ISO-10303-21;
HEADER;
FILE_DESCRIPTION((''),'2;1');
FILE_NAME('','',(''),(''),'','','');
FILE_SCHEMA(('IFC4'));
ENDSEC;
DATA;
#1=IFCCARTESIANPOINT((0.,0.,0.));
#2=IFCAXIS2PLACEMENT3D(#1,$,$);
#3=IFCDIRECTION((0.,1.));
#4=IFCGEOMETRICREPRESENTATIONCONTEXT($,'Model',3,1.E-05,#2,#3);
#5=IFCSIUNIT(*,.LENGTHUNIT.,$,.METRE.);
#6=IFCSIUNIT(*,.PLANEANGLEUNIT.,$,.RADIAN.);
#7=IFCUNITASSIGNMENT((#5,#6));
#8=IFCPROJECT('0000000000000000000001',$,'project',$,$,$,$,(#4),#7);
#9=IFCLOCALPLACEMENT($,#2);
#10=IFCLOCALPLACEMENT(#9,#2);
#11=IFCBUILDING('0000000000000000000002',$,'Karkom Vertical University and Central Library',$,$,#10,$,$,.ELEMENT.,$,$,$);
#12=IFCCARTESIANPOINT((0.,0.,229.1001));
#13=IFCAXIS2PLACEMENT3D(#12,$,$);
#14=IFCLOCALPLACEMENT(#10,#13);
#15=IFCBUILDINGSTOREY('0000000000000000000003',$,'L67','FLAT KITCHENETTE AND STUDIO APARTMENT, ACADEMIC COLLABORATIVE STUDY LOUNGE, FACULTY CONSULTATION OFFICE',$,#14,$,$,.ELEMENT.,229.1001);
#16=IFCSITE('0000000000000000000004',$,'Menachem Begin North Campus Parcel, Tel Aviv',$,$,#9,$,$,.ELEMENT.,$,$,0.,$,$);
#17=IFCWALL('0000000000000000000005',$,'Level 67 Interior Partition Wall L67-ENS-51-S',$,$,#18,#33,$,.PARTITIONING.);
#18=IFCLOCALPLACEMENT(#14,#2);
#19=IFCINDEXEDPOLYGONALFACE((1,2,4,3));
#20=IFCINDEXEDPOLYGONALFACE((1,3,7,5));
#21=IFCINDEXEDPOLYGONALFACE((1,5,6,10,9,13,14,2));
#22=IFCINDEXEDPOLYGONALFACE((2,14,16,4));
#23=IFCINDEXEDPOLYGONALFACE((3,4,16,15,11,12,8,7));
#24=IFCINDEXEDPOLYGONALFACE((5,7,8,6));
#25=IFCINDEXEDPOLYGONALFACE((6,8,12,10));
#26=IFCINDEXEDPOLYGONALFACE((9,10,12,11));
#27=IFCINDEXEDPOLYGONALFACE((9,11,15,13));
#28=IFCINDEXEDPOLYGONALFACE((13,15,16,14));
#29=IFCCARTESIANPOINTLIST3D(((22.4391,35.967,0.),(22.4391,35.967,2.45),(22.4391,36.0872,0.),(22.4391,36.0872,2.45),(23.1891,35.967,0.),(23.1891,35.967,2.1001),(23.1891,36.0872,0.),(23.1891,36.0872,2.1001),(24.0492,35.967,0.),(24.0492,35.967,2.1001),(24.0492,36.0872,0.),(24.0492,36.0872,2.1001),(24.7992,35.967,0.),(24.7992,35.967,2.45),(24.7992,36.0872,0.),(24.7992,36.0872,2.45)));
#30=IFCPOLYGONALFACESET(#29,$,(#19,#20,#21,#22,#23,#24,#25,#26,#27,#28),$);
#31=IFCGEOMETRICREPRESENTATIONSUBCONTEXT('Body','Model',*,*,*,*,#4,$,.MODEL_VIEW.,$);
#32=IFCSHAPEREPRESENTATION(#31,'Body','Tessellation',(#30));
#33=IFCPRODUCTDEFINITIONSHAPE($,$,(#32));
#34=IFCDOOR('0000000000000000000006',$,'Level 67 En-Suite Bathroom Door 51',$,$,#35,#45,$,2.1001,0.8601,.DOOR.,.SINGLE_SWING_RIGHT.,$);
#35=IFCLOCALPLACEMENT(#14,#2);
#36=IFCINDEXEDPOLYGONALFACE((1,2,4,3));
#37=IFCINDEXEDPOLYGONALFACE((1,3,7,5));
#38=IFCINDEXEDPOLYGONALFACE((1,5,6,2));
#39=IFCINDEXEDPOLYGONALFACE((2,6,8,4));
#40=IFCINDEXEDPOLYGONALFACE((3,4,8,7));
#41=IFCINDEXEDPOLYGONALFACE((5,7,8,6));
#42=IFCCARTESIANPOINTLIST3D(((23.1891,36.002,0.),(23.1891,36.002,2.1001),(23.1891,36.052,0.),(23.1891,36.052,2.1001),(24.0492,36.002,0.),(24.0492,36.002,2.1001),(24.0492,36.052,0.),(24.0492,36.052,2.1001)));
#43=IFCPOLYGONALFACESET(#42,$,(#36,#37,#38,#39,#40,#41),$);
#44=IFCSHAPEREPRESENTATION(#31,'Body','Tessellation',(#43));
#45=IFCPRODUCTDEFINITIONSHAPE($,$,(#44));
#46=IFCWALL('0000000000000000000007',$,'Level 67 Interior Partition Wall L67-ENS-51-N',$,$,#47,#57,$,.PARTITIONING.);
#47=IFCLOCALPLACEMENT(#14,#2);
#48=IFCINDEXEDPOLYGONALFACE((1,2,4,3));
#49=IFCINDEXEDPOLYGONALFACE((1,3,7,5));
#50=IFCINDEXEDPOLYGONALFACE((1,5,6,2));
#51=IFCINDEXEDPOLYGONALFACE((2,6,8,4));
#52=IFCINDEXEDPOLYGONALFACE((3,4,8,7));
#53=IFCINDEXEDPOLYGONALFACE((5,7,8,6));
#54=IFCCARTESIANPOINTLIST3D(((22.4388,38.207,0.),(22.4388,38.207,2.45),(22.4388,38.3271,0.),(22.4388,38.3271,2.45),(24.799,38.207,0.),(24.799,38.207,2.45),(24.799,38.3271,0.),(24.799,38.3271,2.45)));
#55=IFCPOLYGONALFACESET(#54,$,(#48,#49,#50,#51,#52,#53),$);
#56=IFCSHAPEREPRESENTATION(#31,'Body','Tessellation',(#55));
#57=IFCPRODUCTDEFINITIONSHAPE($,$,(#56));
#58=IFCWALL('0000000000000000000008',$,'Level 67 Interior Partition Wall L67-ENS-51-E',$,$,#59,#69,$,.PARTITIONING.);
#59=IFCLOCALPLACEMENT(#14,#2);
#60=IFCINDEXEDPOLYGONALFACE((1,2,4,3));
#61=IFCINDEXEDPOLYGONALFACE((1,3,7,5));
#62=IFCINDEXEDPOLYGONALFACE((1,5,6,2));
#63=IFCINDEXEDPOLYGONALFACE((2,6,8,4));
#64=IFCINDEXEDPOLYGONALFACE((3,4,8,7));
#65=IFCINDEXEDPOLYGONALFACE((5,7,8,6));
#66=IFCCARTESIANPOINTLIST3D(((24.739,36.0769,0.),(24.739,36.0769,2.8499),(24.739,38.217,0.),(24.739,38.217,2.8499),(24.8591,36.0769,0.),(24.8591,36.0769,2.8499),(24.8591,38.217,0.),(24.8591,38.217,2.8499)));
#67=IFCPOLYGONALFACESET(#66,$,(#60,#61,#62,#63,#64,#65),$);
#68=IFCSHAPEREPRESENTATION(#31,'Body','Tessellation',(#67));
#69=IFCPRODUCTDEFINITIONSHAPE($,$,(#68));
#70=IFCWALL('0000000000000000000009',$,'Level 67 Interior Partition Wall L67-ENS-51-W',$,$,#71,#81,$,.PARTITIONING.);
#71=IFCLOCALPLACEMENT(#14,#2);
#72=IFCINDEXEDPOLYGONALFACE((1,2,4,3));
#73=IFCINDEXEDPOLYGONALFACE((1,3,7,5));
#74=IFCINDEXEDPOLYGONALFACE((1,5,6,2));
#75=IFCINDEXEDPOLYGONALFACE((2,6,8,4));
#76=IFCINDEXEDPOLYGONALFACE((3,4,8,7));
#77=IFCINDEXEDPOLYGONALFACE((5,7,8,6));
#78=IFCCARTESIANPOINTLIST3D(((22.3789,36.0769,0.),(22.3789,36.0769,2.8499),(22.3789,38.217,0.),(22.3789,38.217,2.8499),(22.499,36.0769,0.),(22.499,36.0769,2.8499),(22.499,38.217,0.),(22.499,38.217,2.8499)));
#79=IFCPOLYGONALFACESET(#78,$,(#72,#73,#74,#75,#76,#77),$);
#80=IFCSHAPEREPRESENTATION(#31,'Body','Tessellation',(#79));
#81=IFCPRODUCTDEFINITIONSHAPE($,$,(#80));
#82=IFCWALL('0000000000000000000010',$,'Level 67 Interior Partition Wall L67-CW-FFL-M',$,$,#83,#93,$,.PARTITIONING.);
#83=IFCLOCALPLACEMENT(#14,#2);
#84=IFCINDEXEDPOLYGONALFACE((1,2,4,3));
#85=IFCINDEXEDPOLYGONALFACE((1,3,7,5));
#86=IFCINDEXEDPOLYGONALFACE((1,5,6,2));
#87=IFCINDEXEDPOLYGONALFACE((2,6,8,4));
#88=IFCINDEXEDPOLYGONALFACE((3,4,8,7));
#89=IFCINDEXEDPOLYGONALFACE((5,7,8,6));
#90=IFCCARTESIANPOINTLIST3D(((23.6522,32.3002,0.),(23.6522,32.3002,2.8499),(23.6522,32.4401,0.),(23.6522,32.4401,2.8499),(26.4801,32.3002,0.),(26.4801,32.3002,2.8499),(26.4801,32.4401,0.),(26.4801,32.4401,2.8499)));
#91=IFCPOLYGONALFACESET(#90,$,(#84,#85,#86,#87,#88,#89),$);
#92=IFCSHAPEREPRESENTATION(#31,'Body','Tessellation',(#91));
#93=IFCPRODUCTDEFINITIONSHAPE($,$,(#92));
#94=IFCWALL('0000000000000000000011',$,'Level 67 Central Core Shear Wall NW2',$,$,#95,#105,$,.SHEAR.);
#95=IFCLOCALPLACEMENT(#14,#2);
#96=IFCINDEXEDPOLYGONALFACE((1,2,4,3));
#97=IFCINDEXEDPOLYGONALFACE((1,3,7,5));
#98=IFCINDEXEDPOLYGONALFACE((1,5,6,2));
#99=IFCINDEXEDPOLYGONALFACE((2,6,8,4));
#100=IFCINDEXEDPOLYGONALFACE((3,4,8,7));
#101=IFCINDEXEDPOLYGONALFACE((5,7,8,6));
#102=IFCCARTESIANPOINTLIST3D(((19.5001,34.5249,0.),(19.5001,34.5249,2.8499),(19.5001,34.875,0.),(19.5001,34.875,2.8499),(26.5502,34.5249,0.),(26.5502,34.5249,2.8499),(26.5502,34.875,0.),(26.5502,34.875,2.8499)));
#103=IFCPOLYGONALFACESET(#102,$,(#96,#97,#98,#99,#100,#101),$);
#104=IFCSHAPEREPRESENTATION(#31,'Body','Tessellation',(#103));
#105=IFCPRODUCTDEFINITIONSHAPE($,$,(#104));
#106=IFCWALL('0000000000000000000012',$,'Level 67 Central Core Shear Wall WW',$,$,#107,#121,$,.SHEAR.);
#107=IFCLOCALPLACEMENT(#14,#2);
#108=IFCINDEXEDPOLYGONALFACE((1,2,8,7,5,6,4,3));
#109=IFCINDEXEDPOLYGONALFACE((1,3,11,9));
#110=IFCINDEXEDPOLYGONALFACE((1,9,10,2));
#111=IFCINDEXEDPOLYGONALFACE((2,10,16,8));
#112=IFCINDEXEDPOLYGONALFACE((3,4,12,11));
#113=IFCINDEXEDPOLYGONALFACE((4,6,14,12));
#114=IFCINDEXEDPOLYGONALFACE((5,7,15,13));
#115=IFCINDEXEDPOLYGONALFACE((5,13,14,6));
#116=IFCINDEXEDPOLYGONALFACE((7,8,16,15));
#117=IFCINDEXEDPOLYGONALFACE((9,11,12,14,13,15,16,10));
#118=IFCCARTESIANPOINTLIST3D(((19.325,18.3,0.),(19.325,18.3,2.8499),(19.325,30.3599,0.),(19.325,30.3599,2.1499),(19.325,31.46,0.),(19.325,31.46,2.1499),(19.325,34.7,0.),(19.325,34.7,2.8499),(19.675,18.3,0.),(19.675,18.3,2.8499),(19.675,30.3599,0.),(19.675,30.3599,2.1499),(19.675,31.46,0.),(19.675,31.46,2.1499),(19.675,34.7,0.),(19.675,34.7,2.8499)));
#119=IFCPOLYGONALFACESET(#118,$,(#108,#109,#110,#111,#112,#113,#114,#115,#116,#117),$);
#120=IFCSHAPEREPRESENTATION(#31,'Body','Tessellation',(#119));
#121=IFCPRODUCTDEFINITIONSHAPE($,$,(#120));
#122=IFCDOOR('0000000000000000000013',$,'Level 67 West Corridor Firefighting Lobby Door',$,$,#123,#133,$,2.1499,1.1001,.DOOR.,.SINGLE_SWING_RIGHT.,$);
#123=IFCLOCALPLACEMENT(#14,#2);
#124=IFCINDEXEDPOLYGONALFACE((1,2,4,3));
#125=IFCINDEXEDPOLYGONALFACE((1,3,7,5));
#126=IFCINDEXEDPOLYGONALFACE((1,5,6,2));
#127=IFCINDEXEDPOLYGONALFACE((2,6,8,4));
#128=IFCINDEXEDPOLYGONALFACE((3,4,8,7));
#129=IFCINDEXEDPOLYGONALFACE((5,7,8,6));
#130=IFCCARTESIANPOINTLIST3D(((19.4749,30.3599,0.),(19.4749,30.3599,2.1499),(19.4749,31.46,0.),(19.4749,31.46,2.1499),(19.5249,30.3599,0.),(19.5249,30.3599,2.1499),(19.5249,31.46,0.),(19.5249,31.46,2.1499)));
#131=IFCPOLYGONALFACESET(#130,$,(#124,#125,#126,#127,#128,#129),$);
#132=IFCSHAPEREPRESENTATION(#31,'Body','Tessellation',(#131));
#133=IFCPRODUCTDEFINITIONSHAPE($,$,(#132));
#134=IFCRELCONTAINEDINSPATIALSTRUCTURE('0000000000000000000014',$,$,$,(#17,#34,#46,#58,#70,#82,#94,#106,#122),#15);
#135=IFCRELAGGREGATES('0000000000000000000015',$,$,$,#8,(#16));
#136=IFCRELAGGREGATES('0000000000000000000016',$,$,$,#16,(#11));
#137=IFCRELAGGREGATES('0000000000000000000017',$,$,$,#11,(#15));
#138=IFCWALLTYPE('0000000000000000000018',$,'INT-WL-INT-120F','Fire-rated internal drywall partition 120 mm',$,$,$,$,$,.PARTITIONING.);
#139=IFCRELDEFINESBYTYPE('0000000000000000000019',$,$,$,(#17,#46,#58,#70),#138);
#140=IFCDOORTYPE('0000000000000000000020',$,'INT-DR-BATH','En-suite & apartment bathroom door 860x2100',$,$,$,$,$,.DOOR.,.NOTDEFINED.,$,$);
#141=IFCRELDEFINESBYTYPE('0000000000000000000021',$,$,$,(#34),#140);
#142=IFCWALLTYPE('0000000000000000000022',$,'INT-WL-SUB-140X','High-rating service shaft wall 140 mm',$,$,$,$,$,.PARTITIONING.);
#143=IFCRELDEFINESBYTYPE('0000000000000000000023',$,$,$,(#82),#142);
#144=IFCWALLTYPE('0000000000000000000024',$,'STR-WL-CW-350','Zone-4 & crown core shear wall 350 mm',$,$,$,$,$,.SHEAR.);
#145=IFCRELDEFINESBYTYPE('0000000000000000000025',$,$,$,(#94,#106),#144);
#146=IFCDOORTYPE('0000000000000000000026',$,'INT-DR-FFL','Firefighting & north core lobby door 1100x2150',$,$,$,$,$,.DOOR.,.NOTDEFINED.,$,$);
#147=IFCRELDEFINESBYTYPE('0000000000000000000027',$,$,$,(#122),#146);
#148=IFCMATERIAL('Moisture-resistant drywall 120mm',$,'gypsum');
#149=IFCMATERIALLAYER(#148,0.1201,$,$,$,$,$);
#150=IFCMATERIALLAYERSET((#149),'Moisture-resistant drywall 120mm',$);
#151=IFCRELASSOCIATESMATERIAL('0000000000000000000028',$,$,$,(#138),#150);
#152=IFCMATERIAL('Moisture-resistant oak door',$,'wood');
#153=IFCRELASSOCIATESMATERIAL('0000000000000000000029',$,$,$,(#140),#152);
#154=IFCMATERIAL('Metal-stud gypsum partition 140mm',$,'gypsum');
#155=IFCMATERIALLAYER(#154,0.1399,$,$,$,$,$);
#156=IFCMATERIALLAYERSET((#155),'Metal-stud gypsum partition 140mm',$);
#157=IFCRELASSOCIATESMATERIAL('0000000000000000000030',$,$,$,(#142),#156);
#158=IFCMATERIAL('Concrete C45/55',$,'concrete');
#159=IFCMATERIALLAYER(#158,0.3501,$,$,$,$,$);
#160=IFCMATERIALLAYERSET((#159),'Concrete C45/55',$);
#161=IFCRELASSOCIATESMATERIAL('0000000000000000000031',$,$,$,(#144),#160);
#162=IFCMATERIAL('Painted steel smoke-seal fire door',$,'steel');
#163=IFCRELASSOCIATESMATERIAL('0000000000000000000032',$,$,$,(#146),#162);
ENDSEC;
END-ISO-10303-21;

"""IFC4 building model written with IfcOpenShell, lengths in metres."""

from ifc_helpers import new_model, si_unit, direction, frame, frame_2d, origin, origin_with_axes, place, context, subcontext, project, spatial, rectangle, extrude, source, transform, mapped, material, layer, layer_set, type_object, element, fill, save


model = new_model("IFC4")

# Units and contexts
model_context = context("Model", 3, precision=1e-05, world=origin(), true_north=direction((0.0, 1.0)))
body_context = subcontext(model_context, "Body", "Model", "MODEL_VIEW")
ifc_project = project(units=[si_unit("LENGTHUNIT", "METRE"), si_unit("PLANEANGLEUNIT", "RADIAN")], contexts=[model_context])

# Site, building, storey
site_placement = place(None, origin())
site = spatial("IfcSite", under=ifc_project, at=site_placement, Name="Menachem Begin North Campus Parcel, Tel Aviv", CompositionType="ELEMENT", RefElevation=0.0)
building_placement = place(site_placement, origin())
building = spatial("IfcBuilding", under=site, at=building_placement, Name="Karkom Vertical University and Central Library", CompositionType="ELEMENT")
storey_placement = place(building_placement, frame((0.0, 0.0, 229.1001)))
storey = spatial("IfcBuildingStorey", under=building, at=storey_placement, Name="L67", Description="FLAT KITCHENETTE AND STUDIO APARTMENT, ACADEMIC COLLABORATIVE STUDY LOUNGE, FACULTY CONSULTATION OFFICE", CompositionType="ELEMENT", Elevation=229.1001)

# Shared definitions
ifc_material_1 = material(Name="Concrete C45/55", Category="concrete")

# Wall, opening, door
ifc_material_2 = material(Name="Moisture-resistant drywall 120mm", Category="gypsum")
ifc_layer_1 = layer(ifc_material_2, 0.1201)
ifc_layer_set_1 = layer_set([ifc_layer_1], Name="Moisture-resistant drywall 120mm")
wall_type_1 = type_object("IfcWallType", Name="INT-WL-INT-120F", Description="Fire-rated internal drywall partition 120 mm", PredefinedType="PARTITIONING", material=ifc_layer_set_1)
wall_1_placement = place(storey_placement, frame((22.439, 36.0271, 0.0), z_axis=(0.0, 0.0, 1.0), x_axis=(1.0, 0.0, 0.0)))
wall_1 = element("IfcWall", 1, at=wall_1_placement, inside=storey, type_object=wall_type_1, Name="Level 67 Interior Partition Wall L67-ENS-51-S", PredefinedType="PARTITIONING", context=body_context, shape_type="SweptSolid", body=[
    extrude(rectangle(XDim=2.3601, YDim=0.1201, at=frame_2d((1.1802, 0.0))), origin(), (0.0, 0.0, 1.0), 2.45),
])
opening_1_placement = place(wall_1_placement, frame((0.75, 0.0, 0.0)))
opening_1 = element("IfcOpeningElement", 2, at=opening_1_placement, cuts=wall_1, PredefinedType="OPENING", context=body_context, shape_type="SweptSolid", body=[
    extrude(rectangle(XDim=0.8601, YDim=2.1001, at=frame_2d((0.4302, 1.05))), frame((0.0, 0.0701, 0.0), z_axis=(0.0, -1.0, 0.0), x_axis=(1.0, 0.0, 0.0)), (0.0, 0.0, 1.0), 0.1401),
])
ifc_material_3 = material(Name="Moisture-resistant oak door", Category="wood")
door_type_1 = type_object("IfcDoorType", Name="INT-DR-BATH", Description="En-suite & apartment bathroom door 860x2100", OperationType="NOTDEFINED", PredefinedType="DOOR", material=ifc_material_3)
shared_shape_1 = source(origin_with_axes(), body_context, "Body", "SweptSolid", [
    extrude(rectangle(XDim=0.8601, YDim=2.1001, at=frame_2d((0.4302, 1.05))), frame((0.0, 0.0249, 0.0), z_axis=(0.0, -1.0, 0.0), x_axis=(1.0, 0.0, 0.0)), (0.0, 0.0, 1.0), 0.05),
])
door_1_placement = place(opening_1_placement, origin())
door_1 = element("IfcDoor", 3, at=door_1_placement, inside=storey, type_object=door_type_1, Name="Level 67 En-Suite Bathroom Door 51", OperationType="SINGLE_SWING_RIGHT", OverallHeight=2.1001, OverallWidth=0.8601, PredefinedType="DOOR", context=body_context, shape_type="MappedRepresentation", body=[
    mapped(shared_shape_1, transform((0.0, 0.0, 0.0), scale=1.0)),
])
fill(opening_1, door_1)

# Walls
wall_2_placement = place(storey_placement, frame((24.7991, 38.2671, 0.0), z_axis=(0.0, 0.0, 1.0), x_axis=(-1.0, 0.0, 0.0)))
element("IfcWall", 4, at=wall_2_placement, inside=storey, type_object=wall_type_1, Name="Level 67 Interior Partition Wall L67-ENS-51-N", PredefinedType="PARTITIONING", context=body_context, shape_type="SweptSolid", body=[
    extrude(rectangle(XDim=2.3601, YDim=0.1201, at=frame_2d((1.1802, 0.0))), origin(), (0.0, 0.0, 1.0), 2.45),
])
for number, where, z_axis, x_axis, name in (
    (5, (24.7991, 36.0769, 0.0), (0.0, 0.0, 1.0), (0.0, 1.0, 0.0), "Level 67 Interior Partition Wall L67-ENS-51-E"),
    (6, (22.439, 38.217, 0.0), (0.0, 0.0, 1.0), (0.0, -1.0, 0.0), "Level 67 Interior Partition Wall L67-ENS-51-W"),
):
    element("IfcWall", number, at=place(storey_placement, frame(where, z_axis=z_axis, x_axis=x_axis)), inside=storey, type_object=wall_type_1, Name=name, PredefinedType="PARTITIONING", context=body_context, shape_type="SweptSolid", body=[
        extrude(rectangle(XDim=2.1401, YDim=0.1201, at=frame_2d((1.0701, 0.0))), origin(), (0.0, 0.0, 1.0), 2.8499),
    ])
ifc_material_4 = material(Name="Metal-stud gypsum partition 140mm", Category="gypsum")
ifc_layer_2 = layer(ifc_material_4, 0.1399)
ifc_layer_set_2 = layer_set([ifc_layer_2], Name="Metal-stud gypsum partition 140mm")
wall_type_2 = type_object("IfcWallType", Name="INT-WL-SUB-140X", Description="High-rating service shaft wall 140 mm", PredefinedType="PARTITIONING", material=ifc_layer_set_2)
wall_3_placement = place(storey_placement, frame((23.6521, 32.3701, 0.0), z_axis=(0.0, 0.0, 1.0), x_axis=(1.0, 0.0, 0.0)))
element("IfcWall", 7, at=wall_3_placement, inside=storey, type_object=wall_type_2, Name="Level 67 Interior Partition Wall L67-CW-FFL-M", PredefinedType="PARTITIONING", context=body_context, shape_type="SweptSolid", body=[
    extrude(rectangle(XDim=2.8279, YDim=0.1399, at=frame_2d((1.4141, 0.0))), origin(), (0.0, 0.0, 1.0), 2.8499),
])
ifc_layer_3 = layer(ifc_material_1, 0.3501)
ifc_layer_set_3 = layer_set([ifc_layer_3], Name="Concrete C45/55")
wall_type_3 = type_object("IfcWallType", Name="STR-WL-CW-350", Description="Zone-4 & crown core shear wall 350 mm", PredefinedType="SHEAR", material=ifc_layer_set_3)
wall_4_placement = place(storey_placement, frame((26.55, 34.7, 0.0), z_axis=(0.0, 0.0, 1.0), x_axis=(-1.0, 0.0, 0.0)))
element("IfcWall", 8, at=wall_4_placement, inside=storey, type_object=wall_type_3, Name="Level 67 Central Core Shear Wall NW2", PredefinedType="SHEAR", context=body_context, shape_type="SweptSolid", body=[
    extrude(rectangle(XDim=7.05, YDim=0.3501, at=frame_2d((3.5249, 0.0))), origin(), (0.0, 0.0, 1.0), 2.8499),
])

# Wall, opening, door
wall_5_placement = place(storey_placement, frame((19.5, 34.7, 0.0), z_axis=(0.0, 0.0, 1.0), x_axis=(0.0, -1.0, 0.0)))
wall_5 = element("IfcWall", 9, at=wall_5_placement, inside=storey, type_object=wall_type_3, Name="Level 67 Central Core Shear Wall WW", PredefinedType="SHEAR", context=body_context, shape_type="SweptSolid", body=[
    extrude(rectangle(XDim=16.3999, YDim=0.3501, at=frame_2d((8.2, 0.0))), origin(), (0.0, 0.0, 1.0), 2.8499),
])
opening_2_placement = place(wall_5_placement, frame((3.24, 0.0, 0.0)))
opening_2 = element("IfcOpeningElement", 10, at=opening_2_placement, cuts=wall_5, PredefinedType="OPENING", context=body_context, shape_type="SweptSolid", body=[
    extrude(rectangle(XDim=1.1001, YDim=2.1499, at=frame_2d((0.55, 1.075))), frame((0.0, 0.1851, 0.0), z_axis=(0.0, -1.0, 0.0), x_axis=(1.0, 0.0, 0.0)), (0.0, 0.0, 1.0), 0.3701),
])
ifc_material_5 = material(Name="Painted steel smoke-seal fire door", Category="steel")
door_type_2 = type_object("IfcDoorType", Name="INT-DR-FFL", Description="Firefighting & north core lobby door 1100x2150", OperationType="NOTDEFINED", PredefinedType="DOOR", material=ifc_material_5)
shared_shape_2 = source(origin_with_axes(), body_context, "Body", "SweptSolid", [
    extrude(rectangle(XDim=1.1001, YDim=2.1499, at=frame_2d((0.55, 1.075))), frame((0.0, 0.0249, 0.0), z_axis=(0.0, -1.0, 0.0), x_axis=(1.0, 0.0, 0.0)), (0.0, 0.0, 1.0), 0.05),
])
door_2_placement = place(opening_2_placement, origin())
door_2 = element("IfcDoor", 11, at=door_2_placement, inside=storey, type_object=door_type_2, Name="Level 67 West Corridor Firefighting Lobby Door", OperationType="SINGLE_SWING_RIGHT", OverallHeight=2.1499, OverallWidth=1.1001, PredefinedType="DOOR", context=body_context, shape_type="MappedRepresentation", body=[
    mapped(shared_shape_2, transform((0.0, 0.0, 0.0), scale=1.0)),
])
fill(opening_2, door_2)

save(model, "model.ifc")
